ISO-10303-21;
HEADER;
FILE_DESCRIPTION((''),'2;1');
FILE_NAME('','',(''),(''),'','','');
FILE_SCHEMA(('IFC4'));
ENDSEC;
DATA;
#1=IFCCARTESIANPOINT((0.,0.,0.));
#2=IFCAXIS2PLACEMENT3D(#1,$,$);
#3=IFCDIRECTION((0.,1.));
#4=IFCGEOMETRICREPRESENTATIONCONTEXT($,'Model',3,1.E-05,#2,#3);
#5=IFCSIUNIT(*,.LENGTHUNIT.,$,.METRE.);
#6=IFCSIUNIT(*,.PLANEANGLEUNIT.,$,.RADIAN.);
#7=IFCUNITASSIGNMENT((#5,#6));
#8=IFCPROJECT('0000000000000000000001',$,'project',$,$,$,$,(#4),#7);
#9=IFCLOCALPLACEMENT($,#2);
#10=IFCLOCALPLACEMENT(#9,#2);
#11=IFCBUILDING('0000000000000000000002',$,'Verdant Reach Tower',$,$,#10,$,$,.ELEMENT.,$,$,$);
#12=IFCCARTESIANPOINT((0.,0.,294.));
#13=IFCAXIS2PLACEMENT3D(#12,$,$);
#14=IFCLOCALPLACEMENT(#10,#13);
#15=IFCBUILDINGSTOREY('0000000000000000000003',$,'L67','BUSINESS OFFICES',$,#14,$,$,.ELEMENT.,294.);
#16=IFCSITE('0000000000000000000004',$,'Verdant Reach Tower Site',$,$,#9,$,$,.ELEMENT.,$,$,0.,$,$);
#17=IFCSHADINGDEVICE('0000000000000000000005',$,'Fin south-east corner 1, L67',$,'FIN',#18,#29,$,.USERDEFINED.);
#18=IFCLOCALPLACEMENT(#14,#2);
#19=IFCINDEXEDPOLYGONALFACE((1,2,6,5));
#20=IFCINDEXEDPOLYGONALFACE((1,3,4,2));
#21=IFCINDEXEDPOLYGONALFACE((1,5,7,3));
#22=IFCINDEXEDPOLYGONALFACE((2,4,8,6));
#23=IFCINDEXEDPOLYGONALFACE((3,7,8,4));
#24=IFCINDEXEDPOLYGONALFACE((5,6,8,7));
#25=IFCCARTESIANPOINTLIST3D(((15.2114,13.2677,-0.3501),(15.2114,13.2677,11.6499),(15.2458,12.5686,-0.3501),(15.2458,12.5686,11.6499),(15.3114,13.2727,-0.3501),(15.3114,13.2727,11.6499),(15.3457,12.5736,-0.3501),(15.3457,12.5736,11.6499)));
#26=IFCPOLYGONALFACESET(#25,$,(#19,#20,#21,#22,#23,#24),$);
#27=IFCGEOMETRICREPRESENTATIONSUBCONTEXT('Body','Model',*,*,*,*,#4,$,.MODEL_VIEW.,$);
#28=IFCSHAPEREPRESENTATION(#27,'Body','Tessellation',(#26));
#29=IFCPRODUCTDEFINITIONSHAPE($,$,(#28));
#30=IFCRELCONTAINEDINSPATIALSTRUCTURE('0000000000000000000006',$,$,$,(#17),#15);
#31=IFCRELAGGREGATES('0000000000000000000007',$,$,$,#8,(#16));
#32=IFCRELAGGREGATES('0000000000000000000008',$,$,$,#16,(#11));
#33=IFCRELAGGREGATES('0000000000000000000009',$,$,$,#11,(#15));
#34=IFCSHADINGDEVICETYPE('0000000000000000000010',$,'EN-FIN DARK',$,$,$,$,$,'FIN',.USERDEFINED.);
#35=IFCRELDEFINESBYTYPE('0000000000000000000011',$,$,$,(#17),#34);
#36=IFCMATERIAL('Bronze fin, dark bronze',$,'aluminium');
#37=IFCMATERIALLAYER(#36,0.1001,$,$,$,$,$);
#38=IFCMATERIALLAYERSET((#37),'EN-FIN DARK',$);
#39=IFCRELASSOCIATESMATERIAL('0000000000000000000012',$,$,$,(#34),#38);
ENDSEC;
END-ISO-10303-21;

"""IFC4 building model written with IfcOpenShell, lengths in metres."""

from ifc_helpers import new_model, si_unit, direction, frame, origin, origin_2d, place, context, subcontext, project, spatial, rectangle, extrude, material, layer, layer_set, type_object, element, save


model = new_model("IFC4")

# Units and contexts
model_context = context("Model", 3, precision=1e-05, world=origin(), true_north=direction((0.0, 1.0)))
body_context = subcontext(model_context, "Body", "Model", "MODEL_VIEW")
ifc_project = project(units=[si_unit("LENGTHUNIT", "METRE"), si_unit("PLANEANGLEUNIT", "RADIAN")], contexts=[model_context])

# Site, building, storey
site_placement = place(None, origin())
site = spatial("IfcSite", under=ifc_project, at=site_placement, Name="Verdant Reach Tower Site", CompositionType="ELEMENT", RefElevation=0.0)
building_placement = place(site_placement, origin())
building = spatial("IfcBuilding", under=site, at=building_placement, Name="Verdant Reach Tower", CompositionType="ELEMENT")
storey_placement = place(building_placement, frame((0.0, 0.0, 294.0)))
storey = spatial("IfcBuildingStorey", under=building, at=storey_placement, Name="L67", Description="BUSINESS OFFICES", CompositionType="ELEMENT", Elevation=294.0)

# Shading device
ifc_material_1 = material(Name="Bronze fin, dark bronze", Category="aluminium")
ifc_layer_1 = layer(ifc_material_1, 0.1001)
ifc_layer_set_1 = layer_set([ifc_layer_1], Name="EN-FIN DARK")
shading_device_type_1 = type_object("IfcShadingDeviceType", Name="EN-FIN DARK", ElementType="FIN", PredefinedType="USERDEFINED", material=ifc_layer_set_1)
shading_device_placement = place(storey_placement, frame((15.2786, 12.9207, -0.3501), z_axis=(0.0, 0.0, 1.0), x_axis=(0.998793, 0.049128, 0.0)))
element("IfcShadingDevice", 1, at=shading_device_placement, inside=storey, type_object=shading_device_type_1, Name="Fin south-east corner 1, L67", ObjectType="FIN", PredefinedType="USERDEFINED", context=body_context, shape_type="SweptSolid", body=[
    extrude(rectangle(XDim=0.1001, YDim=0.7, at=origin_2d()), origin(), (0.0, 0.0, 1.0), 12.0),
])

save(model, "model.ifc")
